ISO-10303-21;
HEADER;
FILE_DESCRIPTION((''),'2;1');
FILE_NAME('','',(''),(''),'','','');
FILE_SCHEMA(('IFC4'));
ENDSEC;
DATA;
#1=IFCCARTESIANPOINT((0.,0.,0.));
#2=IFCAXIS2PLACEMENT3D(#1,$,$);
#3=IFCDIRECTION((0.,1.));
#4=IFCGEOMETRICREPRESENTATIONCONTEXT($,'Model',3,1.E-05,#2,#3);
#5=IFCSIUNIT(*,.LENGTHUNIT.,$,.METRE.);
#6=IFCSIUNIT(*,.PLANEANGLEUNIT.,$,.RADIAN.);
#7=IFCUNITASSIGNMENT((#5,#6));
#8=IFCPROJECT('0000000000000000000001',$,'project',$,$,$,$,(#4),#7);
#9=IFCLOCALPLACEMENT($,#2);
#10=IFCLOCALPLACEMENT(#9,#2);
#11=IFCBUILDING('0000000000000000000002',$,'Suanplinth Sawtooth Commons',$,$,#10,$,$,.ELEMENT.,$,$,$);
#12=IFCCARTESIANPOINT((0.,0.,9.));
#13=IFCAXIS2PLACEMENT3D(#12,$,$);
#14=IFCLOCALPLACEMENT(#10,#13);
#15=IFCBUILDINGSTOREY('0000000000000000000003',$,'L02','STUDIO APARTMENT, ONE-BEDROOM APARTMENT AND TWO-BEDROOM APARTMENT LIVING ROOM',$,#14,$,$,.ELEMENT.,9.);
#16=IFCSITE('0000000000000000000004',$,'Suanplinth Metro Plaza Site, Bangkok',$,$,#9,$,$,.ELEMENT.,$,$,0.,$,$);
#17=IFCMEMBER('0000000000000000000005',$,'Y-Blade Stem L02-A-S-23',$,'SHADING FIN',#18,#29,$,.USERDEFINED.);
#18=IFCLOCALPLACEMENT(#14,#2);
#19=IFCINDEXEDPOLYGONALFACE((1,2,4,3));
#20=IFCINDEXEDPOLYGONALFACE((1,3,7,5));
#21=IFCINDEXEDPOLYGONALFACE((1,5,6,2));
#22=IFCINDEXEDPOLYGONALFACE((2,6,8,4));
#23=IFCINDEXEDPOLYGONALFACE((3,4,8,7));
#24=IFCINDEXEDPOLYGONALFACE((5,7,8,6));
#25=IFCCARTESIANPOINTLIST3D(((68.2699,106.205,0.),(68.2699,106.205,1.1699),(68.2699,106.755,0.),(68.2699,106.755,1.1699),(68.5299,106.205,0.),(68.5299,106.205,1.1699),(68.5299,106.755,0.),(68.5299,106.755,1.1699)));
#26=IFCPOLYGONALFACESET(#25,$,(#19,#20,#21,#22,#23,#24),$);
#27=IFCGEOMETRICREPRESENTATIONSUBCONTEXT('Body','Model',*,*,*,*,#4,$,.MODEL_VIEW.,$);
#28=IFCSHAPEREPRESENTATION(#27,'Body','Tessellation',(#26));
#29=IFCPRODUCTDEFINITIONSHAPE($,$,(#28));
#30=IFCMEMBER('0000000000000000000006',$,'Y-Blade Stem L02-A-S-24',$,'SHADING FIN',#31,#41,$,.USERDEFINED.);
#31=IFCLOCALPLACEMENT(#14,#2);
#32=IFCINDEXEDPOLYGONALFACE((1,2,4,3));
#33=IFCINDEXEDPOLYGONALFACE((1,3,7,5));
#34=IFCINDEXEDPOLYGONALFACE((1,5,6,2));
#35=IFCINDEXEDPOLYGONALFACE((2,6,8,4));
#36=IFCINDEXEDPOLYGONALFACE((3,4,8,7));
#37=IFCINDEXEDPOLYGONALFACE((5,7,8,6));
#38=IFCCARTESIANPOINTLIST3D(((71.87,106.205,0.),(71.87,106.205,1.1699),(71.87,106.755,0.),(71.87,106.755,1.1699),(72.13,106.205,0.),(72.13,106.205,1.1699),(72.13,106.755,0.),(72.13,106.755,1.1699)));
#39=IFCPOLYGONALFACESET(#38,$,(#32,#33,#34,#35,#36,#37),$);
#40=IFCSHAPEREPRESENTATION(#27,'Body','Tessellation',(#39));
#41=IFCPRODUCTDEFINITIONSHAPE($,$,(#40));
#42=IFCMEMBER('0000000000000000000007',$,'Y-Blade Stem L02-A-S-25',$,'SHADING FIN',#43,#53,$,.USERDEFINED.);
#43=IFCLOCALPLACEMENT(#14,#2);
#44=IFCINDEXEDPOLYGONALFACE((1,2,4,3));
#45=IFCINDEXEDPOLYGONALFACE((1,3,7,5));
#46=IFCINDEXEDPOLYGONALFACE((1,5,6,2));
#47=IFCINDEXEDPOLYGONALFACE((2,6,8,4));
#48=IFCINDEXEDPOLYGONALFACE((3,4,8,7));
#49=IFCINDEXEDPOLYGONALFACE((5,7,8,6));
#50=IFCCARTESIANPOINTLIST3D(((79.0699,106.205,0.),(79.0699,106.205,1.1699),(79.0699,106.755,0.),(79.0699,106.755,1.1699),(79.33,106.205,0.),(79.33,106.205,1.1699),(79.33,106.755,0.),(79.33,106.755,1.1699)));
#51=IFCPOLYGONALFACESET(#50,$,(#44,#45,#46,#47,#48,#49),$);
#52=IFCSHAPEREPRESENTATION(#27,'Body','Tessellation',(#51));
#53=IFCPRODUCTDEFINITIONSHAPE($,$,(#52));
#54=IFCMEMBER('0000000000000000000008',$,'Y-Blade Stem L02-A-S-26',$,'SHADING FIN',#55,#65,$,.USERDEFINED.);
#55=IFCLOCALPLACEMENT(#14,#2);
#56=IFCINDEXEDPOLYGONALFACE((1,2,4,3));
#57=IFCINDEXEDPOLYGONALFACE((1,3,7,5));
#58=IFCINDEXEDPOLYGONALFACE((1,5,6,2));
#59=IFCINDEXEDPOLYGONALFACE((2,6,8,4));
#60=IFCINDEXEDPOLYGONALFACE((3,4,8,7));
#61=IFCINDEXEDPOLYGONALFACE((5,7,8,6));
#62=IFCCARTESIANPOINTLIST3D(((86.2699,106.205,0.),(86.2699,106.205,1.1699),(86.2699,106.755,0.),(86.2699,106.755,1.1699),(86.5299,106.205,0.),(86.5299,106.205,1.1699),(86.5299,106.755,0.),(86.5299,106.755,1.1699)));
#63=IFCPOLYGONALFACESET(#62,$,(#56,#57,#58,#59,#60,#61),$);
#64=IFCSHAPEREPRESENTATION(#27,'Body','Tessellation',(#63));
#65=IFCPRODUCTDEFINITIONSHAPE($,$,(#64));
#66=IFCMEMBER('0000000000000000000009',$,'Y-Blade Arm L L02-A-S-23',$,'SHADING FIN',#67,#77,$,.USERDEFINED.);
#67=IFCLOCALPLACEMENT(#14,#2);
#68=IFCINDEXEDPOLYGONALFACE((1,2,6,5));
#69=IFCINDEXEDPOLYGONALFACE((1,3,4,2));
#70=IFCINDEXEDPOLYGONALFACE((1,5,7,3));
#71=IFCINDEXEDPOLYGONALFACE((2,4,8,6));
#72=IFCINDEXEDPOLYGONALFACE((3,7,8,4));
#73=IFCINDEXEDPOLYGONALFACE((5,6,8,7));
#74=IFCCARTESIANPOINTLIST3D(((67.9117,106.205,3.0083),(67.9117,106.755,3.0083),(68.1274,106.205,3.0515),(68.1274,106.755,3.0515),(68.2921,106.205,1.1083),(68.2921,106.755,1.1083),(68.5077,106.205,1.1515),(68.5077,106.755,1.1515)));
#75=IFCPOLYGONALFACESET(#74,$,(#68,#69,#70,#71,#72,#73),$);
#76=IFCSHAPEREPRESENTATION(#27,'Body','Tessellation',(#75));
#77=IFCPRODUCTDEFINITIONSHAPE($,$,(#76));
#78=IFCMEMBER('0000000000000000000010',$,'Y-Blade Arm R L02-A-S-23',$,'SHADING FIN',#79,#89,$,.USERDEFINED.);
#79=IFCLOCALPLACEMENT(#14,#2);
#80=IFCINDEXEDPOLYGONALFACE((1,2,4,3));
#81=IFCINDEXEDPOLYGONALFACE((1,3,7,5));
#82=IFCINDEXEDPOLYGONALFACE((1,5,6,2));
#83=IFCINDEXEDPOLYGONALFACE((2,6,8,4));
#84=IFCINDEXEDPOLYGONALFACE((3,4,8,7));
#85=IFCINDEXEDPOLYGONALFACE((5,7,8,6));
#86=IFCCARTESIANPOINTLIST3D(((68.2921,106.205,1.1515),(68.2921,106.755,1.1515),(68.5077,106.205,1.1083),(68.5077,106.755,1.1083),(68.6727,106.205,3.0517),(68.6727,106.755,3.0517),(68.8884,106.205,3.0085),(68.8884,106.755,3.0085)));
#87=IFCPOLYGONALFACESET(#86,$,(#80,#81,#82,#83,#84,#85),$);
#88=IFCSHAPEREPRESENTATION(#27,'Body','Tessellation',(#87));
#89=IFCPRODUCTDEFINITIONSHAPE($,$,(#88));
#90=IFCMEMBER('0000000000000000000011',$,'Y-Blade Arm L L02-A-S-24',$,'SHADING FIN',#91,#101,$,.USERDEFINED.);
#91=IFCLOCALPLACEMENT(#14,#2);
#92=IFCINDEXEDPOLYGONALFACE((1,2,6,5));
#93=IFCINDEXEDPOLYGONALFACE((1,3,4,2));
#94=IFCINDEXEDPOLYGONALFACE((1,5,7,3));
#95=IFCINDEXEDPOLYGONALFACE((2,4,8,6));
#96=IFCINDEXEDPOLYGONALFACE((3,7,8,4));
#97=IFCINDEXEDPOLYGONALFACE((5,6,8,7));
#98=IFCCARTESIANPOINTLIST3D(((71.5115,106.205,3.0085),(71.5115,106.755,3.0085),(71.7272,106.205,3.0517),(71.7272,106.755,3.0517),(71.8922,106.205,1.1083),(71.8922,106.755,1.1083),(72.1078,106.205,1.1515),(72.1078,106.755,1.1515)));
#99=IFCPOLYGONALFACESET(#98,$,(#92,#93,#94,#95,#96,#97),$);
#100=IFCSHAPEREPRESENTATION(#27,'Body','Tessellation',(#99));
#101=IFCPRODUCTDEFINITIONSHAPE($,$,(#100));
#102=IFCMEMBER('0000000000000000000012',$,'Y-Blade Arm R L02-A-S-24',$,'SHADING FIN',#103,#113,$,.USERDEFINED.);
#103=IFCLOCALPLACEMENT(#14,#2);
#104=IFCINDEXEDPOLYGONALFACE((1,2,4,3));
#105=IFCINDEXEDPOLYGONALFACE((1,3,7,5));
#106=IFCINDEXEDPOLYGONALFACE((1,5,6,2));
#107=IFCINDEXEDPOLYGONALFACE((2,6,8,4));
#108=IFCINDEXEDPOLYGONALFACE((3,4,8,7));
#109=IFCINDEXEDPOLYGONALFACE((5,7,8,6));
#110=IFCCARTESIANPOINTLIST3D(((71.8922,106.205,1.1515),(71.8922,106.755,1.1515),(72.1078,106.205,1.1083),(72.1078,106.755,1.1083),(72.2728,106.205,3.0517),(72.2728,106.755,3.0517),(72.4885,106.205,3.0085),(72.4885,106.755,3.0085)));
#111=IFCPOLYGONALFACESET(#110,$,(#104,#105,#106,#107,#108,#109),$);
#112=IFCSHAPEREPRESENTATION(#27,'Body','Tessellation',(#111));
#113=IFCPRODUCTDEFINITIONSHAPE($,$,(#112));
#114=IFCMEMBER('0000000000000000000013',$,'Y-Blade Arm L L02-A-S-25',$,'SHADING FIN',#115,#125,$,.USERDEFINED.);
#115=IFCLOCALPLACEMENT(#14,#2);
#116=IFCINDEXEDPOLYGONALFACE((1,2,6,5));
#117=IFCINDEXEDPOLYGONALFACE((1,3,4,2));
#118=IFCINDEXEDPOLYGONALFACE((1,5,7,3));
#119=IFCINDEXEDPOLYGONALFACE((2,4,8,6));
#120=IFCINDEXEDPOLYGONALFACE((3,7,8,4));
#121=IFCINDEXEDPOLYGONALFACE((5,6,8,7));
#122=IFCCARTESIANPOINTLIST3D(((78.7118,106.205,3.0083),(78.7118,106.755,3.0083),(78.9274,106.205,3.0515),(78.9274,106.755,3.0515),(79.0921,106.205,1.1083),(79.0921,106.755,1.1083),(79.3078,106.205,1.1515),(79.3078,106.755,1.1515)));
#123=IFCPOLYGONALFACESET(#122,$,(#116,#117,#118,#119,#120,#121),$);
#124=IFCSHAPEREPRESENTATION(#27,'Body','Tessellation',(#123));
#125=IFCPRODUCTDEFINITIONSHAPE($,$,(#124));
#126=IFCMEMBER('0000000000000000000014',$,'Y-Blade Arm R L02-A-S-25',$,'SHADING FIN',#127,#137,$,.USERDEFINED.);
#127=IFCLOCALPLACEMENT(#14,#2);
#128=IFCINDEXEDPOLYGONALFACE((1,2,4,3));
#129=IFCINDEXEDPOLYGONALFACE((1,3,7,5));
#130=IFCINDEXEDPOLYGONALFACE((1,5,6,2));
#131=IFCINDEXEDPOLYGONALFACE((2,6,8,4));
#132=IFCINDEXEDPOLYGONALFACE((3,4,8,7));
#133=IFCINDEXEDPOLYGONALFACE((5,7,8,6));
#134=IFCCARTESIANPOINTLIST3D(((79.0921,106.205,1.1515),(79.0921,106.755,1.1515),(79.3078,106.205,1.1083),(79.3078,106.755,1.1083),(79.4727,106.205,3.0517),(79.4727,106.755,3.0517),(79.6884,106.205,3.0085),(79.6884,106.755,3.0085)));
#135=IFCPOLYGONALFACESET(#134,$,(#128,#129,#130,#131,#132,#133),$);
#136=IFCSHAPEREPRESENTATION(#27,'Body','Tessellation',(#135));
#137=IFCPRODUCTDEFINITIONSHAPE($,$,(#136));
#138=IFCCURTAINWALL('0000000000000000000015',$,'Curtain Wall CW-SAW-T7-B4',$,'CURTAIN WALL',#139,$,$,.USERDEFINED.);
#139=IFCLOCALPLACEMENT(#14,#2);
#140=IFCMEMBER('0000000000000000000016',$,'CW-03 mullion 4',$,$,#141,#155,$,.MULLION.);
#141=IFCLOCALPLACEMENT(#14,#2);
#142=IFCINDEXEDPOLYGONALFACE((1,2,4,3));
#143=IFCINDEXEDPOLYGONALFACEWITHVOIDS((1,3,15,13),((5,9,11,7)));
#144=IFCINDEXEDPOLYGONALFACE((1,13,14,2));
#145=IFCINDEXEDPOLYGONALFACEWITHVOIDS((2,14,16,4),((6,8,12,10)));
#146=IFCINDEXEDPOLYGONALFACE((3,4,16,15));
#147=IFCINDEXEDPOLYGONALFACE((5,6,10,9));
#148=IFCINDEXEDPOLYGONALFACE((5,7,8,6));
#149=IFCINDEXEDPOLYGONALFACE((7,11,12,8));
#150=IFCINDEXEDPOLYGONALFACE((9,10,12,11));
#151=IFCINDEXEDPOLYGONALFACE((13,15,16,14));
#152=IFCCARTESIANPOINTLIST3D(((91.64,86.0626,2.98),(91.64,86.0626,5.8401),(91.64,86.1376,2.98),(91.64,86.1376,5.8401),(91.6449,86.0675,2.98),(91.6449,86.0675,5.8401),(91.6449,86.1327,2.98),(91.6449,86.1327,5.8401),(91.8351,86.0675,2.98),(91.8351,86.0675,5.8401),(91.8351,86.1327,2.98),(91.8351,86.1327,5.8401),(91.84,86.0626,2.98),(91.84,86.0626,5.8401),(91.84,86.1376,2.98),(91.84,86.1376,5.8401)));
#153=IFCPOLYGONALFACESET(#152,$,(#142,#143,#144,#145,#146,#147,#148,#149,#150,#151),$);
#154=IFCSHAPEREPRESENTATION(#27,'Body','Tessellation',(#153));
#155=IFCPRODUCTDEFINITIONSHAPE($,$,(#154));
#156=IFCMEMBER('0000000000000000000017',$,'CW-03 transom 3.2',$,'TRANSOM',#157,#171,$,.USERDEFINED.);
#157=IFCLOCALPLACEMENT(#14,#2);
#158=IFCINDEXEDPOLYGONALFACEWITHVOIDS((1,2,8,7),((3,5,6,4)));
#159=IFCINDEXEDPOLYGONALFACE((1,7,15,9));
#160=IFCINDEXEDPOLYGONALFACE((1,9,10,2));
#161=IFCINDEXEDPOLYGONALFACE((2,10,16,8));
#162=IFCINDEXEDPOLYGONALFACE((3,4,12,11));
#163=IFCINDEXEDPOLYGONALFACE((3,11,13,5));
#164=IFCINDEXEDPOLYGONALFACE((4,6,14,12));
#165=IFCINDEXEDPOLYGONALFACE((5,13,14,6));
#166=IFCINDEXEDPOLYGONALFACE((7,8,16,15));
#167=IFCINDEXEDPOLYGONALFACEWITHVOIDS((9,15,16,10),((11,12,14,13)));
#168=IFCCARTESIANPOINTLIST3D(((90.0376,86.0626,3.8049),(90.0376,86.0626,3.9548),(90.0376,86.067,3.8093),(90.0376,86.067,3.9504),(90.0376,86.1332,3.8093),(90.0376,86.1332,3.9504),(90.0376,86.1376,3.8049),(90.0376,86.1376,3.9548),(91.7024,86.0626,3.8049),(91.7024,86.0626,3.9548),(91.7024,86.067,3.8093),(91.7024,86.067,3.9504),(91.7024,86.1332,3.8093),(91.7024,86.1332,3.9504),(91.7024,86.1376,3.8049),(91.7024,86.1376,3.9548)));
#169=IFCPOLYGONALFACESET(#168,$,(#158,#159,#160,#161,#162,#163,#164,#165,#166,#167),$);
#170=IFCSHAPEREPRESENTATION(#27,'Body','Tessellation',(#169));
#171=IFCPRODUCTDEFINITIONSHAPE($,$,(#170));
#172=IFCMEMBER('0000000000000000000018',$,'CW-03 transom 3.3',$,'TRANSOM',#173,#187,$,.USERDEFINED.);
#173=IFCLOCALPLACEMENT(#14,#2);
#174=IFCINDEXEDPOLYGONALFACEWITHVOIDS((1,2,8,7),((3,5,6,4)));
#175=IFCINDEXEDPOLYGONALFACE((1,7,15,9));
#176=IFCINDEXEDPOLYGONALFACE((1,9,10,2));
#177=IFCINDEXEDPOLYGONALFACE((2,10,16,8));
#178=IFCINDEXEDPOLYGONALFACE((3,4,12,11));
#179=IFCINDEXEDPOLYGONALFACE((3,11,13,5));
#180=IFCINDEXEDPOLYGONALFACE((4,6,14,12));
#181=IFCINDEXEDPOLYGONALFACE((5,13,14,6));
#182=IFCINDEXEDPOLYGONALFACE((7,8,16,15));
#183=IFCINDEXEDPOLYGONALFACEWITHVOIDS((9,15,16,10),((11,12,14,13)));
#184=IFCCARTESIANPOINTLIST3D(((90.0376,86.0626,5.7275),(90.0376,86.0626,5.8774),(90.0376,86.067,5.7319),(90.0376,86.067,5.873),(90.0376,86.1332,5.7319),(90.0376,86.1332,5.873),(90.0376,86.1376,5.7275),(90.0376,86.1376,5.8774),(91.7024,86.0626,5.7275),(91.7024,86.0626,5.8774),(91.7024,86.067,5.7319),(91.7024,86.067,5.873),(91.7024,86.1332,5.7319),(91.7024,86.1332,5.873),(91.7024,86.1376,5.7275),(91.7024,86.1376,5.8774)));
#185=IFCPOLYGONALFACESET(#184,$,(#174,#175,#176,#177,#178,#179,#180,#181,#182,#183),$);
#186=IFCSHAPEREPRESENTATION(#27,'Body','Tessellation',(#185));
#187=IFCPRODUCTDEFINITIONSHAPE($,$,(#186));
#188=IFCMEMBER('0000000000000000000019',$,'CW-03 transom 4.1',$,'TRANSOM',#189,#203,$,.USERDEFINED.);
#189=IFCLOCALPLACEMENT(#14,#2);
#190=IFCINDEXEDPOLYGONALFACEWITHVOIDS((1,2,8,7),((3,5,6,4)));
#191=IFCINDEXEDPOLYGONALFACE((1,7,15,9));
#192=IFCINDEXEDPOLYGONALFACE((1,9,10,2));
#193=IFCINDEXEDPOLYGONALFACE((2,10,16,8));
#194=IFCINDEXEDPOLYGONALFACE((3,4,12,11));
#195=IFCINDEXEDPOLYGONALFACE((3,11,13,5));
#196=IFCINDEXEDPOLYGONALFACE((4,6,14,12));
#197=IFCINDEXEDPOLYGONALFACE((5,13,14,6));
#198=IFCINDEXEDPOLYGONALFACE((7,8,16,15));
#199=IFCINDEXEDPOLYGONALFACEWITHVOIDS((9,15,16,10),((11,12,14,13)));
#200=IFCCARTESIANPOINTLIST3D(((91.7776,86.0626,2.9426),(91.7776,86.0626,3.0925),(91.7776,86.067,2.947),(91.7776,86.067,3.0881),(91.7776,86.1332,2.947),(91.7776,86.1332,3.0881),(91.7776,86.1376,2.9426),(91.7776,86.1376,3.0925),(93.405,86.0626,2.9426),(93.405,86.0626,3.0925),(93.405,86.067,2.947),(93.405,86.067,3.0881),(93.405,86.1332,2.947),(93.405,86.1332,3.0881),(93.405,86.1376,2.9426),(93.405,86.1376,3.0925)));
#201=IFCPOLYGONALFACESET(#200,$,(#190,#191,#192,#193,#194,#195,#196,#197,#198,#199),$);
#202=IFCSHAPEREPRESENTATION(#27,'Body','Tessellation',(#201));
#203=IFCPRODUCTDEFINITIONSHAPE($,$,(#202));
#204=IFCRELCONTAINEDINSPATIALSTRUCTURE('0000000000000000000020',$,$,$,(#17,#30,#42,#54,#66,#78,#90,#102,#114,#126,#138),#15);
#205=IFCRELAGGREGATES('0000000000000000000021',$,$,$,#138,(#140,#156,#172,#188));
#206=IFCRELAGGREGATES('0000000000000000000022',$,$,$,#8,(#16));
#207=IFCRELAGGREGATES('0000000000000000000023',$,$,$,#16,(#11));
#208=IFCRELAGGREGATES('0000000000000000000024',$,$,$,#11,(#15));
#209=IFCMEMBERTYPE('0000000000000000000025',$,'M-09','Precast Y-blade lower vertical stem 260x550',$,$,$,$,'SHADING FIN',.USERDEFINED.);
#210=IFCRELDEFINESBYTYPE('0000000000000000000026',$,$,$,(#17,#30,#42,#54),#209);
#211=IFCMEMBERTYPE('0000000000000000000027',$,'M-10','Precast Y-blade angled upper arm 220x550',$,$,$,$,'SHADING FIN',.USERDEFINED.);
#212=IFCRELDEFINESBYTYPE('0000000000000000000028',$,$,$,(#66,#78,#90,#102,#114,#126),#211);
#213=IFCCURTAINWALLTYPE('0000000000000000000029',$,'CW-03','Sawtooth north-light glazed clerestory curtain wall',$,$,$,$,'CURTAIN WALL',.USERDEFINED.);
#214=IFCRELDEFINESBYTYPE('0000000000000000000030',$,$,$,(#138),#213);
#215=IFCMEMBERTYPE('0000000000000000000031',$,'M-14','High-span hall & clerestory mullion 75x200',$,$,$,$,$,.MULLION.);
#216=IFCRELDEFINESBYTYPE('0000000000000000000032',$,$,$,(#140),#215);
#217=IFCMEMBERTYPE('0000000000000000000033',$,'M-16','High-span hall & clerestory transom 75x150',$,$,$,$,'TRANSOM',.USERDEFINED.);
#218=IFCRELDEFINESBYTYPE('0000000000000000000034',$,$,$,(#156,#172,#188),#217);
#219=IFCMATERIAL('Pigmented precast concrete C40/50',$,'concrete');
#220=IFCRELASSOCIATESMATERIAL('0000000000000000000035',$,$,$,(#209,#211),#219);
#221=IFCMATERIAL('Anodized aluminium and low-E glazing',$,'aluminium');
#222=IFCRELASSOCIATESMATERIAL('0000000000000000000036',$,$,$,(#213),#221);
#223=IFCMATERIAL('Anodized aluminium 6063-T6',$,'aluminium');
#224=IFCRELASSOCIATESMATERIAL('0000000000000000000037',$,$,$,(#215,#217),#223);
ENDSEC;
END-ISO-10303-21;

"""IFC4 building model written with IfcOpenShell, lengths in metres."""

from ifc_helpers import new_model, si_unit, direction, frame, origin, origin_2d, place, context, subcontext, project, spatial, rectangle, hollow_rectangle, extrude, material, material_profile, profile_set, type_object, element, aggregate, save


model = new_model("IFC4")

# Units and contexts
model_context = context("Model", 3, precision=1e-05, world=origin(), true_north=direction((0.0, 1.0)))
body_context = subcontext(model_context, "Body", "Model", "MODEL_VIEW")
ifc_project = project(units=[si_unit("LENGTHUNIT", "METRE"), si_unit("PLANEANGLEUNIT", "RADIAN")], contexts=[model_context])

# Site, building, storey
site_placement = place(None, origin())
site = spatial("IfcSite", under=ifc_project, at=site_placement, Name="Suanplinth Metro Plaza Site, Bangkok", CompositionType="ELEMENT", RefElevation=0.0)
building_placement = place(site_placement, origin())
building = spatial("IfcBuilding", under=site, at=building_placement, Name="Suanplinth Sawtooth Commons", CompositionType="ELEMENT")
storey_placement = place(building_placement, frame((0.0, 0.0, 9.0)))
storey = spatial("IfcBuildingStorey", under=building, at=storey_placement, Name="L02", Description="STUDIO APARTMENT, ONE-BEDROOM APARTMENT AND TWO-BEDROOM APARTMENT LIVING ROOM", CompositionType="ELEMENT", Elevation=9.0)

# Members
ifc_material_1 = material(Name="Pigmented precast concrete C40/50", Category="concrete")
ifc_material_profile_1 = material_profile(ifc_material_1, rectangle(XDim=0.26, YDim=0.55, at=origin_2d()), Name="PC-FIN 260x550")
ifc_profile_set_1 = profile_set([ifc_material_profile_1], Name="Pigmented precast concrete C40/50")
member_type_1 = type_object("IfcMemberType", Name="M-09", Description="Precast Y-blade lower vertical stem 260x550", ElementType="SHADING FIN", PredefinedType="USERDEFINED", material=ifc_profile_set_1)
for number, where, z_axis, x_axis, name in (
    (1, (68.3999, 106.48, 0.0), (0.0, 0.0, 1.0), (1.0, 0.0, 0.0), "Y-Blade Stem L02-A-S-23"),
    (2, (72.0, 106.48, 0.0), (0.0, 0.0, 1.0), (1.0, 0.0, 0.0), "Y-Blade Stem L02-A-S-24"),
    (3, (79.2, 106.48, 0.0), (0.0, 0.0, 1.0), (1.0, 0.0, 0.0), "Y-Blade Stem L02-A-S-25"),
    (4, (86.3999, 106.48, 0.0), (0.0, 0.0, 1.0), (1.0, 0.0, 0.0), "Y-Blade Stem L02-A-S-26"),
):
    element("IfcMember", number, at=place(storey_placement, frame(where, z_axis=z_axis, x_axis=x_axis)), inside=storey, type_object=member_type_1, Name=name, ObjectType="SHADING FIN", PredefinedType="USERDEFINED", context=body_context, shape_type="SweptSolid", body=[
        extrude(rectangle(XDim=0.26, YDim=0.55, at=origin_2d()), origin(), (0.0, 0.0, 1.0), 1.1699),
    ])
ifc_material_profile_2 = material_profile(ifc_material_1, rectangle(XDim=0.22, YDim=0.55, at=origin_2d()), Name="PC-FIN 220x550")
ifc_profile_set_2 = profile_set([ifc_material_profile_2], Name="Pigmented precast concrete C40/50")
member_type_2 = type_object("IfcMemberType", Name="M-10", Description="Precast Y-blade angled upper arm 220x550", ElementType="SHADING FIN", PredefinedType="USERDEFINED", material=ifc_profile_set_2)
member_1_placement = place(storey_placement, frame((68.3999, 106.48, 1.1299), z_axis=(-0.196286, 0.0, 0.980547), x_axis=(0.980547, 0.0, 0.196286)))
element("IfcMember", 5, at=member_1_placement, inside=storey, type_object=member_type_2, Name="Y-Blade Arm L L02-A-S-23", ObjectType="SHADING FIN", PredefinedType="USERDEFINED", context=body_context, shape_type="SweptSolid", body=[
    extrude(rectangle(XDim=0.22, YDim=0.55, at=origin_2d()), origin(), (0.0, 0.0, 1.0), 1.9377),
])
for number, where, z_axis, x_axis, name in (
    (6, (68.3999, 106.48, 1.1299), (0.196407, 0.0, 0.980522), (-0.980522, 0.0, 0.196407), "Y-Blade Arm R L02-A-S-23"),
    (7, (72.0, 106.48, 1.1299), (-0.196407, 0.0, 0.980522), (0.980522, 0.0, 0.196407), "Y-Blade Arm L L02-A-S-24"),
    (8, (72.0, 106.48, 1.1299), (0.196407, 0.0, 0.980522), (-0.980522, 0.0, 0.196407), "Y-Blade Arm R L02-A-S-24"),
):
    element("IfcMember", number, at=place(storey_placement, frame(where, z_axis=z_axis, x_axis=x_axis)), inside=storey, type_object=member_type_2, Name=name, ObjectType="SHADING FIN", PredefinedType="USERDEFINED", context=body_context, shape_type="SweptSolid", body=[
        extrude(rectangle(XDim=0.22, YDim=0.55, at=origin_2d()), origin(), (0.0, 0.0, 1.0), 1.938),
    ])
member_2_placement = place(storey_placement, frame((79.2, 106.48, 1.1299), z_axis=(-0.196286, 0.0, 0.980547), x_axis=(0.980547, 0.0, 0.196286)))
element("IfcMember", 9, at=member_2_placement, inside=storey, type_object=member_type_2, Name="Y-Blade Arm L L02-A-S-25", ObjectType="SHADING FIN", PredefinedType="USERDEFINED", context=body_context, shape_type="SweptSolid", body=[
    extrude(rectangle(XDim=0.22, YDim=0.55, at=origin_2d()), origin(), (0.0, 0.0, 1.0), 1.9377),
])
member_3_placement = place(storey_placement, frame((79.2, 106.48, 1.1299), z_axis=(0.196407, 0.0, 0.980522), x_axis=(-0.980522, 0.0, 0.196407)))
element("IfcMember", 10, at=member_3_placement, inside=storey, type_object=member_type_2, Name="Y-Blade Arm R L02-A-S-25", ObjectType="SHADING FIN", PredefinedType="USERDEFINED", context=body_context, shape_type="SweptSolid", body=[
    extrude(rectangle(XDim=0.22, YDim=0.55, at=origin_2d()), origin(), (0.0, 0.0, 1.0), 1.938),
])

# Curtain wall, members
ifc_material_2 = material(Name="Anodized aluminium and low-E glazing", Category="aluminium")
curtain_wall_type = type_object("IfcCurtainWallType", Name="CW-03", Description="Sawtooth north-light glazed clerestory curtain wall", ElementType="CURTAIN WALL", PredefinedType="USERDEFINED", material=ifc_material_2)
curtain_wall_placement = place(storey_placement, origin())
curtain_wall = element("IfcCurtainWall", 11, at=curtain_wall_placement, inside=storey, type_object=curtain_wall_type, Name="Curtain Wall CW-SAW-T7-B4", ObjectType="CURTAIN WALL", PredefinedType="USERDEFINED")
ifc_material_3 = material(Name="Anodized aluminium 6063-T6", Category="aluminium")
ifc_material_profile_3 = material_profile(ifc_material_3, hollow_rectangle(XDim=0.075, YDim=0.2, WallThickness=0.0049, at=origin_2d()), Name="ALU-MUL 75x200")
ifc_profile_set_3 = profile_set([ifc_material_profile_3], Name="Anodized aluminium 6063-T6")
member_type_3 = type_object("IfcMemberType", Name="M-14", Description="High-span hall & clerestory mullion 75x200", PredefinedType="MULLION", material=ifc_profile_set_3)
member_4_placement = place(storey_placement, frame((91.74, 86.1001, 2.98), z_axis=(0.0, 0.0, 1.0), x_axis=(0.0, 1.0, 0.0)))
member_4 = element("IfcMember", 12, at=member_4_placement, type_object=member_type_3, Name="CW-03 mullion 4", PredefinedType="MULLION", context=body_context, shape_type="SweptSolid", body=[
    extrude(hollow_rectangle(XDim=0.075, YDim=0.2, WallThickness=0.0049, at=origin_2d()), origin(), (0.0, 0.0, 1.0), 2.8601),
])
ifc_material_profile_4 = material_profile(ifc_material_3, hollow_rectangle(XDim=0.075, YDim=0.1499, WallThickness=0.0044, at=origin_2d()), Name="ALU-TRN 75x150")
ifc_profile_set_4 = profile_set([ifc_material_profile_4], Name="Anodized aluminium 6063-T6")
member_type_4 = type_object("IfcMemberType", Name="M-16", Description="High-span hall & clerestory transom 75x150", ElementType="TRANSOM", PredefinedType="USERDEFINED", material=ifc_profile_set_4)
member_5_placement = place(storey_placement, frame((90.0376, 86.1001, 3.8799), z_axis=(1.0, 0.0, 0.0), x_axis=(0.0, 1.0, 0.0)))
member_5 = element("IfcMember", 13, at=member_5_placement, type_object=member_type_4, Name="CW-03 transom 3.2", ObjectType="TRANSOM", PredefinedType="USERDEFINED", context=body_context, shape_type="SweptSolid", body=[
    extrude(hollow_rectangle(XDim=0.075, YDim=0.1499, WallThickness=0.0044, at=origin_2d()), origin(), (0.0, 0.0, 1.0), 1.6648),
])
member_6_placement = place(storey_placement, frame((90.0376, 86.1001, 5.8025), z_axis=(1.0, 0.0, 0.0), x_axis=(0.0, 1.0, 0.0)))
member_6 = element("IfcMember", 14, at=member_6_placement, type_object=member_type_4, Name="CW-03 transom 3.3", ObjectType="TRANSOM", PredefinedType="USERDEFINED", context=body_context, shape_type="SweptSolid", body=[
    extrude(hollow_rectangle(XDim=0.075, YDim=0.1499, WallThickness=0.0044, at=origin_2d()), origin(), (0.0, 0.0, 1.0), 1.6648),
])
member_7_placement = place(storey_placement, frame((91.7776, 86.1001, 3.0176), z_axis=(1.0, 0.0, 0.0), x_axis=(0.0, 1.0, 0.0)))
member_7 = element("IfcMember", 15, at=member_7_placement, type_object=member_type_4, Name="CW-03 transom 4.1", ObjectType="TRANSOM", PredefinedType="USERDEFINED", context=body_context, shape_type="SweptSolid", body=[
    extrude(hollow_rectangle(XDim=0.075, YDim=0.1499, WallThickness=0.0044, at=origin_2d()), origin(), (0.0, 0.0, 1.0), 1.6274),
])

aggregate(curtain_wall, [member_4, member_5, member_6, member_7])

save(model, "model.ifc")
